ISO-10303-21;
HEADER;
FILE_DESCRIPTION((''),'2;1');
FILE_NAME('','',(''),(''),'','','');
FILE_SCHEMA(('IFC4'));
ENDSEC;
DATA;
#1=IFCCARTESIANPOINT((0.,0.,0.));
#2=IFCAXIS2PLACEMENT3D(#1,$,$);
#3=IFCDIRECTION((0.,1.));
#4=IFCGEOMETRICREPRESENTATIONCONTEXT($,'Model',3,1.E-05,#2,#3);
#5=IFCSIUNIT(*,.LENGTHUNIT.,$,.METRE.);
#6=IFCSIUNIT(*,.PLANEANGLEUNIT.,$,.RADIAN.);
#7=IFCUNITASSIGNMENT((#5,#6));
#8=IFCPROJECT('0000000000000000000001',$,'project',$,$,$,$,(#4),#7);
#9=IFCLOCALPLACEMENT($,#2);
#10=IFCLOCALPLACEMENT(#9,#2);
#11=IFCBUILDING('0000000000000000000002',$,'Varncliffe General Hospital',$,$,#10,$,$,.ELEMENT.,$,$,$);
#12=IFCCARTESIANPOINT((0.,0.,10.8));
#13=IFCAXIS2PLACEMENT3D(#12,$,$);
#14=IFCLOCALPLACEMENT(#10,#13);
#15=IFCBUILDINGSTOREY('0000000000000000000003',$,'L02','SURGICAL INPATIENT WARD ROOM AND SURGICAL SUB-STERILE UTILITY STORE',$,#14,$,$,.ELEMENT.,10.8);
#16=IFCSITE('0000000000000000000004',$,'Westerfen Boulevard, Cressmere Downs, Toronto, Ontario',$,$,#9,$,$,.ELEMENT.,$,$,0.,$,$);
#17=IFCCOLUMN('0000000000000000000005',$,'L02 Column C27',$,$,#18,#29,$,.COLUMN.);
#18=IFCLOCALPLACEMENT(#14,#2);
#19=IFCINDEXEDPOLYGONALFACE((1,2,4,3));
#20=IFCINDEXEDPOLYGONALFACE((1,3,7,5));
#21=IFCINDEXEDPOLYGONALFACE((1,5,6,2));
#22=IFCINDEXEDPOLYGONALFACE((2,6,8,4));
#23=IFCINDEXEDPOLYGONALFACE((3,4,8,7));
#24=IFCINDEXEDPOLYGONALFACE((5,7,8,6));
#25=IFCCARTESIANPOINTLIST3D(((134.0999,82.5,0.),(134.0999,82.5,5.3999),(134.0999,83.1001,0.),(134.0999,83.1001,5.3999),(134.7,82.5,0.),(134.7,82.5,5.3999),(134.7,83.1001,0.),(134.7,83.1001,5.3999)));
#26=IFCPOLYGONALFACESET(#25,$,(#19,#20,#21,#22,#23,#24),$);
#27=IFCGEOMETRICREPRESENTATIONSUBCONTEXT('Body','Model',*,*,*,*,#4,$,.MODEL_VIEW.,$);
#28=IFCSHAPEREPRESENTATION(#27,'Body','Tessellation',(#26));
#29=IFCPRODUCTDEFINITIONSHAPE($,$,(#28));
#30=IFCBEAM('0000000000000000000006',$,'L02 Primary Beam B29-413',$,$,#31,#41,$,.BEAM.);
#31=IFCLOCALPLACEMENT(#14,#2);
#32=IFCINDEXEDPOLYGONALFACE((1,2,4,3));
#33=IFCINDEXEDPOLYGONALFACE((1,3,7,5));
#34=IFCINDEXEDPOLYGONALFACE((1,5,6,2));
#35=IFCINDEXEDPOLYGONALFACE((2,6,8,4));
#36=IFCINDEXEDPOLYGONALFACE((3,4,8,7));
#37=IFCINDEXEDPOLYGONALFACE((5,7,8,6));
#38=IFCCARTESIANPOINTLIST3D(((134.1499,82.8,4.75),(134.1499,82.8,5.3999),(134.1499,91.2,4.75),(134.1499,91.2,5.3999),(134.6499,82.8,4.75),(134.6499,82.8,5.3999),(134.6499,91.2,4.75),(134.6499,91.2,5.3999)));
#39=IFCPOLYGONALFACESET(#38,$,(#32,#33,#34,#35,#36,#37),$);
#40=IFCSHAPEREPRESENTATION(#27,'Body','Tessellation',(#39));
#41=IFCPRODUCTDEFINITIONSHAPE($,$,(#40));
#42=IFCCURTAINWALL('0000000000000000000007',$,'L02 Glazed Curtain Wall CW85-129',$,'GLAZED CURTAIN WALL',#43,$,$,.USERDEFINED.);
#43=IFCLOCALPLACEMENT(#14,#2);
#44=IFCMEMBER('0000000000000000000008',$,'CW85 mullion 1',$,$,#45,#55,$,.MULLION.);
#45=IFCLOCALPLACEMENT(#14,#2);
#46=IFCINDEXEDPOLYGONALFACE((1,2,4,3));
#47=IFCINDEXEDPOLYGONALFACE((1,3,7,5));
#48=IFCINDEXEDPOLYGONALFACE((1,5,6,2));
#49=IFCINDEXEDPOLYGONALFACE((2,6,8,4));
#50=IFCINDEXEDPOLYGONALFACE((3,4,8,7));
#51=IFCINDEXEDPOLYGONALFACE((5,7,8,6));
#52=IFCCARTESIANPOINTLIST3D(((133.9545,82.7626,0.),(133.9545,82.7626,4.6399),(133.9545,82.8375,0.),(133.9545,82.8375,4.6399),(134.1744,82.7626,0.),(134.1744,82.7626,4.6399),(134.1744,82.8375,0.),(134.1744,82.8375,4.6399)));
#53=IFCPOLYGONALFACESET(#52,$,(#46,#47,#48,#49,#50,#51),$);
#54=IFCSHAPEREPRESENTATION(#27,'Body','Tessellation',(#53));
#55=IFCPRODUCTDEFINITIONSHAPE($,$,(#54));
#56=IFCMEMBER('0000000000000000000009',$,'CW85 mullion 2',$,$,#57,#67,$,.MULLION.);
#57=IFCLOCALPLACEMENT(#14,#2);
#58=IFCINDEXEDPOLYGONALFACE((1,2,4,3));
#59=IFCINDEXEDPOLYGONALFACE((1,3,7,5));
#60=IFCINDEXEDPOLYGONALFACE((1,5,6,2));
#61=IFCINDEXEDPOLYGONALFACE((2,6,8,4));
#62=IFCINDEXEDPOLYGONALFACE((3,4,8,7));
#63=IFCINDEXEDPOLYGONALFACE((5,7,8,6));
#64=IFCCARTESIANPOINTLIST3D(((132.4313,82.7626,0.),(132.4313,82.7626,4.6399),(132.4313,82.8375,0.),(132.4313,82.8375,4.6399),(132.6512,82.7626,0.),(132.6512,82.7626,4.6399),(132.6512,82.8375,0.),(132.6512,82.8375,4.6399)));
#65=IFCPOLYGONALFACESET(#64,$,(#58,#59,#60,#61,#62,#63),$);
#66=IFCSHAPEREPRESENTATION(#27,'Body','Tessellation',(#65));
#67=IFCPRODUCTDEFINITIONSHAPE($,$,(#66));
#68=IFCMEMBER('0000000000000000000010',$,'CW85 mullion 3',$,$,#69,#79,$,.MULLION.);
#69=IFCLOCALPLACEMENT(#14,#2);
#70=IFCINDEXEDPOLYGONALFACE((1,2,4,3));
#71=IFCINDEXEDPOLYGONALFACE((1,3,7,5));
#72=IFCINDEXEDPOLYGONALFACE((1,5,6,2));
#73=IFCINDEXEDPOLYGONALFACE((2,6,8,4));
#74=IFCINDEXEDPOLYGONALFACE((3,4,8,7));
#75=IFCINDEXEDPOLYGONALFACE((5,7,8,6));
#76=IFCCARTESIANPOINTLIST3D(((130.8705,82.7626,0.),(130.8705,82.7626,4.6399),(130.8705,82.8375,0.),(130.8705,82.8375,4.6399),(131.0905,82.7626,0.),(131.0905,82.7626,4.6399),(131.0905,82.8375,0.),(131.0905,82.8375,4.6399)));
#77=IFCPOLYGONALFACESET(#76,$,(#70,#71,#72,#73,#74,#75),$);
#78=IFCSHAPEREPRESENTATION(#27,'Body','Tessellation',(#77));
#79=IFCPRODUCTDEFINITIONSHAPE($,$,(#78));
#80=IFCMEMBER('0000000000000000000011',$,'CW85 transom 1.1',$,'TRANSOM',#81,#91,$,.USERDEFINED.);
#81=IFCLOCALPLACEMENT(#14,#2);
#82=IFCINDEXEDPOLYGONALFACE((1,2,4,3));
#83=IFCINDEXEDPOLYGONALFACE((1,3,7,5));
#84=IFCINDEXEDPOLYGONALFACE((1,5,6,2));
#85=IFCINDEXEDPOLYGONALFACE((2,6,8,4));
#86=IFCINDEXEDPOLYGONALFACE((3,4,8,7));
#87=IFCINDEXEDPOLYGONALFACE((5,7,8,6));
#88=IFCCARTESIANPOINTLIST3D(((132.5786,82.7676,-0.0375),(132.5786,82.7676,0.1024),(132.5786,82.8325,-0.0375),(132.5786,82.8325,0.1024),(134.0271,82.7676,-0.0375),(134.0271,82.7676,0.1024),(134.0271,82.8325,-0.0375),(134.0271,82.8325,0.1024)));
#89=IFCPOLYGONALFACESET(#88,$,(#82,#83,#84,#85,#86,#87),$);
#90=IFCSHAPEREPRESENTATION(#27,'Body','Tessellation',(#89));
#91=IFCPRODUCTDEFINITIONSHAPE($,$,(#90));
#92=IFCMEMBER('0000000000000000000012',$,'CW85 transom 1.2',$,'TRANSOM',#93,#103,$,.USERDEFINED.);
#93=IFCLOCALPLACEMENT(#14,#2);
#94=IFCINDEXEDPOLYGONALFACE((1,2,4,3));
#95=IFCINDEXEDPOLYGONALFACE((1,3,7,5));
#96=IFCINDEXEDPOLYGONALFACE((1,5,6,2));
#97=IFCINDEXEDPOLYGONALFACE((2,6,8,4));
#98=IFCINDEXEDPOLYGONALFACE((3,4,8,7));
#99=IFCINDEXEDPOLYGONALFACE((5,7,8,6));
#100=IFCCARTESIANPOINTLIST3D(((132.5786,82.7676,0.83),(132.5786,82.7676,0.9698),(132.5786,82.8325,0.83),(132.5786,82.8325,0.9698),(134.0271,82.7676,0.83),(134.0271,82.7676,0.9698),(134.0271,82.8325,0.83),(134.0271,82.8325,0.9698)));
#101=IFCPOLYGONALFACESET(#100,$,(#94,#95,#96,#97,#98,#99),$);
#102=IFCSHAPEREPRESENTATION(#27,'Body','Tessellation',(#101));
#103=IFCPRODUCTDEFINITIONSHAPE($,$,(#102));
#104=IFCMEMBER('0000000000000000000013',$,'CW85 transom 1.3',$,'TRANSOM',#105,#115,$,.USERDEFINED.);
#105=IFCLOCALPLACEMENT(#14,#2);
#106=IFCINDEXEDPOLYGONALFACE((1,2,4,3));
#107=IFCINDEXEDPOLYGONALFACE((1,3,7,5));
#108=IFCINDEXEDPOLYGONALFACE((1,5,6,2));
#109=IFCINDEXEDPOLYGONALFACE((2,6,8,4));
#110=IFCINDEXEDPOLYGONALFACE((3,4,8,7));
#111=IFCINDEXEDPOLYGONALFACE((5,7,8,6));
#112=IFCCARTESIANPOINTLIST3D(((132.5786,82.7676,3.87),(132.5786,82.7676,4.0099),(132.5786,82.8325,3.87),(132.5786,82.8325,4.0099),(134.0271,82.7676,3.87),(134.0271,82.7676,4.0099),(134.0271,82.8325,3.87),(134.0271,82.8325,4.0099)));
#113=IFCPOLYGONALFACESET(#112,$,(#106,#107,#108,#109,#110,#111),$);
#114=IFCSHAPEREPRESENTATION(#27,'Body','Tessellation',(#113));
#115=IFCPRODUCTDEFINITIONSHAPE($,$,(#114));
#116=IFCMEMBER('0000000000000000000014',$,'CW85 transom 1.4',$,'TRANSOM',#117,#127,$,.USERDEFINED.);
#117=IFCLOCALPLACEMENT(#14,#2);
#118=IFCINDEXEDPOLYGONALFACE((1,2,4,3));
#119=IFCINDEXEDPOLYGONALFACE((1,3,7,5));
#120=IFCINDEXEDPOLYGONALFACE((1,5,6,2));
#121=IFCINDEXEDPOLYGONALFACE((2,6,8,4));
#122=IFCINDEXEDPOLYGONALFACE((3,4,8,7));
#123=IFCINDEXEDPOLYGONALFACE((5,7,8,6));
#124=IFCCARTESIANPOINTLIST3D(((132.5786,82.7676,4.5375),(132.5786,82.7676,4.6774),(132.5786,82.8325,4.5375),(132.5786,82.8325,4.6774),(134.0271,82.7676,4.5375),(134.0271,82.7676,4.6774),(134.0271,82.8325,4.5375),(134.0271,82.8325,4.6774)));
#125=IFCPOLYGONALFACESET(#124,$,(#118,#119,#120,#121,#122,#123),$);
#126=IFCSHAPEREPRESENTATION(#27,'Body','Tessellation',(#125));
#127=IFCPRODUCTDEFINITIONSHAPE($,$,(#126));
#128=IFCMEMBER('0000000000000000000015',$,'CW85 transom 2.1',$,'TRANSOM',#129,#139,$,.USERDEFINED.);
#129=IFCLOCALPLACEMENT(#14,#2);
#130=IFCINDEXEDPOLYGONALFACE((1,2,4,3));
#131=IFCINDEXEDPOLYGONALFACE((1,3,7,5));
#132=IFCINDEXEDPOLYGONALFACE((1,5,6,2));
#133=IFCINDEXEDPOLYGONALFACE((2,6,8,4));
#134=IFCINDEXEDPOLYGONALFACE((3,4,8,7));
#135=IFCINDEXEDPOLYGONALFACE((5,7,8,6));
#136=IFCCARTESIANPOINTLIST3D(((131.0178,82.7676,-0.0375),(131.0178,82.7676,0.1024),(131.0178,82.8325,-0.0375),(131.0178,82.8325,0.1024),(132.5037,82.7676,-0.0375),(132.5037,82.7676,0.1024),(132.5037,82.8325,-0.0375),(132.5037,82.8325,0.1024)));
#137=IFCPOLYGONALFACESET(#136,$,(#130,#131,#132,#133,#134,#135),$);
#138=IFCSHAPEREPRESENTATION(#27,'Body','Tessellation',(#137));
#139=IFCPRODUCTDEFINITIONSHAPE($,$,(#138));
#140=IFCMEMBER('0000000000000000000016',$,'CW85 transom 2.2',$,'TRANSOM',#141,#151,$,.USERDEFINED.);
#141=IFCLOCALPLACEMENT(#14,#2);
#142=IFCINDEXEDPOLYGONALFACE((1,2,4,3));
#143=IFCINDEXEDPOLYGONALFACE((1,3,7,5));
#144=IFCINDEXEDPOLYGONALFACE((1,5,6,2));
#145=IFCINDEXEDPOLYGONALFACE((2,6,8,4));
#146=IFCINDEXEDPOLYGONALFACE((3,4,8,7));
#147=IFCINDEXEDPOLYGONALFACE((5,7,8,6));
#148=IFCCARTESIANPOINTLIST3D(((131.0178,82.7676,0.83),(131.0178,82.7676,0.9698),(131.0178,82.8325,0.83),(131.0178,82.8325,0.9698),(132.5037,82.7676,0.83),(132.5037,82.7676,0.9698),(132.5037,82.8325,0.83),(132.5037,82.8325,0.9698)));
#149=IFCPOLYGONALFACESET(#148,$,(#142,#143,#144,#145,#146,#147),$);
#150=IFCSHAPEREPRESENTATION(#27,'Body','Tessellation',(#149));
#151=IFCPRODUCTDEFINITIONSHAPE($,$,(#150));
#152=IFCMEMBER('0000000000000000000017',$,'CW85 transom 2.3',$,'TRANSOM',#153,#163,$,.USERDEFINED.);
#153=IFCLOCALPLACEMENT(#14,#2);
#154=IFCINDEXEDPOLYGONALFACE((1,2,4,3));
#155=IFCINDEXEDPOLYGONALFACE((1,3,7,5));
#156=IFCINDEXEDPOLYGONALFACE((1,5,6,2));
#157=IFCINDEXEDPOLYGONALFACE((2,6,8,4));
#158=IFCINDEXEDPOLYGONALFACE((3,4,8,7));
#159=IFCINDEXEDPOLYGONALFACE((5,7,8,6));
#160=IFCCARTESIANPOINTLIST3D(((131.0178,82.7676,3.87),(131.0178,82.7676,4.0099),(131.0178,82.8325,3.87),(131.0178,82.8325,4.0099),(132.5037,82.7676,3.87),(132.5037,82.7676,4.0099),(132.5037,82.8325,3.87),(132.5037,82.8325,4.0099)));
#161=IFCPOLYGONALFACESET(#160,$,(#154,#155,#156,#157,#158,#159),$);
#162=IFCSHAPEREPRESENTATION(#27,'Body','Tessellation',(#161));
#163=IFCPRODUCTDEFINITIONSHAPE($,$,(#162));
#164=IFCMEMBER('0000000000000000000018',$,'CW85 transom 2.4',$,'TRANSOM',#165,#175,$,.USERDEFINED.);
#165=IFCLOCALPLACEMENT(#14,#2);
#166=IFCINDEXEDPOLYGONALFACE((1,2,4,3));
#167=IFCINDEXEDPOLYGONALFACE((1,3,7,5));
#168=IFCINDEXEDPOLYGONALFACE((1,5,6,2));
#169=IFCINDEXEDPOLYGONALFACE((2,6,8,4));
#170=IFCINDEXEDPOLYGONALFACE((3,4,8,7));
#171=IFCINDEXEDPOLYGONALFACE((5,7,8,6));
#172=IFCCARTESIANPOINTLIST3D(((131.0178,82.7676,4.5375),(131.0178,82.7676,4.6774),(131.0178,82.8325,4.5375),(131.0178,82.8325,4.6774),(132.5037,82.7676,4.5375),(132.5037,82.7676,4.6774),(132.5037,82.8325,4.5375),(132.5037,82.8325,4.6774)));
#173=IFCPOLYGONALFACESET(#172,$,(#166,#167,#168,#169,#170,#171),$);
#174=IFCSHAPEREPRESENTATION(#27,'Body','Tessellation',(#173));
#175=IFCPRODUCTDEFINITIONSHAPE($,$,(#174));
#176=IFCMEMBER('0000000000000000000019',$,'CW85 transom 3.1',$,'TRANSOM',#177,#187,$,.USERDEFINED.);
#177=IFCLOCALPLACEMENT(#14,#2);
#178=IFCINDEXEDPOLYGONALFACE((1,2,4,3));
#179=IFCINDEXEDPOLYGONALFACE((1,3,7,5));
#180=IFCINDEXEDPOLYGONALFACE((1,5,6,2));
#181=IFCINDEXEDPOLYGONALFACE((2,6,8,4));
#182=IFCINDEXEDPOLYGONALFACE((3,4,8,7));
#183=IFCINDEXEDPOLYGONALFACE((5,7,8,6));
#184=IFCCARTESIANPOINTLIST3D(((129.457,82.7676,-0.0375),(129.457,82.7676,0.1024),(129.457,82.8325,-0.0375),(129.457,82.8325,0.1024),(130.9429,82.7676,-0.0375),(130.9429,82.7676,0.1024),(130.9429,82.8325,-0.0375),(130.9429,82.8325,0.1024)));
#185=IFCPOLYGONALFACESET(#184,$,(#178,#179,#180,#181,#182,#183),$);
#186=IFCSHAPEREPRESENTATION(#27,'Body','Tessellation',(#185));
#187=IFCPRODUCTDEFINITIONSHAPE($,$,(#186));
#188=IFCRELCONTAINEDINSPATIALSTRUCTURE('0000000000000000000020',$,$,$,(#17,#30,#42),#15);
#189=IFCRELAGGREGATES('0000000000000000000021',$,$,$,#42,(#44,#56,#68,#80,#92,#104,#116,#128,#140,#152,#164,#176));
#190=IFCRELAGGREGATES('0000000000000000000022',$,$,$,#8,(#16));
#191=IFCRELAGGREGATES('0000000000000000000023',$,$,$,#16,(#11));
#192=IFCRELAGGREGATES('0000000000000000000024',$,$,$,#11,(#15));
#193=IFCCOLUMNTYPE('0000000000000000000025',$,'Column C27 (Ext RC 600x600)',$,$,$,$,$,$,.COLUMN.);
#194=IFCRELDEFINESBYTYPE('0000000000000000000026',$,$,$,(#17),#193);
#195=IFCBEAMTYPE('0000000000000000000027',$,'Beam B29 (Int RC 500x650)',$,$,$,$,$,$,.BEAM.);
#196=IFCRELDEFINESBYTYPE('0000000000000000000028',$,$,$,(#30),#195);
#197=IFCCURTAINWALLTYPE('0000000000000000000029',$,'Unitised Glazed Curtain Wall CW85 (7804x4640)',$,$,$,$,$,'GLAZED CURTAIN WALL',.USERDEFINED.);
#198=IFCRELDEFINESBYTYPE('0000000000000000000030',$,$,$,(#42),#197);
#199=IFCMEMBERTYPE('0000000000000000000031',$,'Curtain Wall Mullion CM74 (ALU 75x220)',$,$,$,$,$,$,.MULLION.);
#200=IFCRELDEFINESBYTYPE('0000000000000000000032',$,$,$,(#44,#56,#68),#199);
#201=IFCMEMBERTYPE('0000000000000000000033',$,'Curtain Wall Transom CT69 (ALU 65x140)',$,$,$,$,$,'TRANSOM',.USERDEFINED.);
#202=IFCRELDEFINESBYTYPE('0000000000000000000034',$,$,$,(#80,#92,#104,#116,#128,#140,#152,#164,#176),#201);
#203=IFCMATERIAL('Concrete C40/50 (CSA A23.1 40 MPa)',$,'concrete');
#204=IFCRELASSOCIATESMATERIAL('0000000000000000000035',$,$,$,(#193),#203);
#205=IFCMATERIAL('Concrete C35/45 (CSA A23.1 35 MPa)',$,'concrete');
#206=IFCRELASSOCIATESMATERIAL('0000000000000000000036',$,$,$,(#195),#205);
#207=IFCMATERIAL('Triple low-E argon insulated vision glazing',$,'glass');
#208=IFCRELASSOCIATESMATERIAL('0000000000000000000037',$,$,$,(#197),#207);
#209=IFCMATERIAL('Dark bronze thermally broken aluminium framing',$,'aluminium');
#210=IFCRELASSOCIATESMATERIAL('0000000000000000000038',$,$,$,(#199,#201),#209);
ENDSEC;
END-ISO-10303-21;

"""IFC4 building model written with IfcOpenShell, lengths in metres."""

from ifc_helpers import new_model, si_unit, direction, frame, origin, origin_2d, place, context, subcontext, project, spatial, rectangle, extrude, material, material_profile, profile_set, type_object, element, aggregate, save


model = new_model("IFC4")

# Units and contexts
model_context = context("Model", 3, precision=1e-05, world=origin(), true_north=direction((0.0, 1.0)))
body_context = subcontext(model_context, "Body", "Model", "MODEL_VIEW")
ifc_project = project(units=[si_unit("LENGTHUNIT", "METRE"), si_unit("PLANEANGLEUNIT", "RADIAN")], contexts=[model_context])

# Site, building, storey
site_placement = place(None, origin())
site = spatial("IfcSite", under=ifc_project, at=site_placement, Name="Westerfen Boulevard, Cressmere Downs, Toronto, Ontario", CompositionType="ELEMENT", RefElevation=0.0)
building_placement = place(site_placement, origin())
building = spatial("IfcBuilding", under=site, at=building_placement, Name="Varncliffe General Hospital", CompositionType="ELEMENT")
storey_placement = place(building_placement, frame((0.0, 0.0, 10.8)))
storey = spatial("IfcBuildingStorey", under=building, at=storey_placement, Name="L02", Description="SURGICAL INPATIENT WARD ROOM AND SURGICAL SUB-STERILE UTILITY STORE", CompositionType="ELEMENT", Elevation=10.8)

# Column
ifc_material_1 = material(Name="Concrete C40/50 (CSA A23.1 40 MPa)", Category="concrete")
ifc_material_profile_1 = material_profile(ifc_material_1, rectangle(XDim=0.6001, YDim=0.6001, at=origin_2d()), Name="RC 600x600")
ifc_profile_set_1 = profile_set([ifc_material_profile_1], Name="Concrete C40/50 (CSA A23.1 40 MPa)")
column_type = type_object("IfcColumnType", Name="Column C27 (Ext RC 600x600)", PredefinedType="COLUMN", material=ifc_profile_set_1)
column_placement = place(storey_placement, frame((134.3999, 82.8, 0.0), z_axis=(0.0, 0.0, 1.0), x_axis=(1.0, 0.0, 0.0)))
element("IfcColumn", 1, at=column_placement, inside=storey, type_object=column_type, Name="L02 Column C27", PredefinedType="COLUMN", context=body_context, shape_type="SweptSolid", body=[
    extrude(rectangle(XDim=0.6001, YDim=0.6001, at=origin_2d()), origin(), (0.0, 0.0, 1.0), 5.3999),
])

# Beam
ifc_material_2 = material(Name="Concrete C35/45 (CSA A23.1 35 MPa)", Category="concrete")
ifc_material_profile_2 = material_profile(ifc_material_2, rectangle(XDim=0.5, YDim=0.6499, at=origin_2d()), Name="RC 500x650")
ifc_profile_set_2 = profile_set([ifc_material_profile_2], Name="Concrete C35/45 (CSA A23.1 35 MPa)")
beam_type_1 = type_object("IfcBeamType", Name="Beam B29 (Int RC 500x650)", PredefinedType="BEAM", material=ifc_profile_set_2)
beam_1_placement = place(storey_placement, frame((134.3999, 82.8, 5.075), z_axis=(0.0, 1.0, 0.0), x_axis=(-1.0, 0.0, 0.0)))
element("IfcBeam", 2, at=beam_1_placement, inside=storey, type_object=beam_type_1, Name="L02 Primary Beam B29-413", PredefinedType="BEAM", context=body_context, shape_type="SweptSolid", body=[
    extrude(rectangle(XDim=0.5, YDim=0.6499, at=origin_2d()), origin(), (0.0, 0.0, 1.0), 8.3999),
])

# Curtain wall, members
ifc_material_3 = material(Name="Triple low-E argon insulated vision glazing", Category="glass")
curtain_wall_type = type_object("IfcCurtainWallType", Name="Unitised Glazed Curtain Wall CW85 (7804x4640)", ElementType="GLAZED CURTAIN WALL", PredefinedType="USERDEFINED", material=ifc_material_3)
curtain_wall_placement = place(storey_placement, origin())
curtain_wall = element("IfcCurtainWall", 3, at=curtain_wall_placement, inside=storey, type_object=curtain_wall_type, Name="L02 Glazed Curtain Wall CW85-129", ObjectType="GLAZED CURTAIN WALL", PredefinedType="USERDEFINED")
ifc_material_4 = material(Name="Dark bronze thermally broken aluminium framing", Category="aluminium")
ifc_material_profile_3 = material_profile(ifc_material_4, rectangle(XDim=0.075, YDim=0.22, at=origin_2d()), Name="ALU 75x220")
ifc_profile_set_3 = profile_set([ifc_material_profile_3], Name="Dark bronze thermally broken aluminium framing")
member_type_1 = type_object("IfcMemberType", Name="Curtain Wall Mullion CM74 (ALU 75x220)", PredefinedType="MULLION", material=ifc_profile_set_3)
member_1_placement = place(storey_placement, frame((134.0645, 82.8, 0.0), z_axis=(0.0, 0.0, 1.0), x_axis=(0.0, -1.0, 0.0)))
member_1 = element("IfcMember", 4, at=member_1_placement, type_object=member_type_1, Name="CW85 mullion 1", PredefinedType="MULLION", context=body_context, shape_type="SweptSolid", body=[
    extrude(rectangle(XDim=0.075, YDim=0.22, at=origin_2d()), origin(), (0.0, 0.0, 1.0), 4.6399),
])
member_2_placement = place(storey_placement, frame((132.5413, 82.8, 0.0), z_axis=(0.0, 0.0, 1.0), x_axis=(0.0, -1.0, 0.0)))
member_2 = element("IfcMember", 5, at=member_2_placement, type_object=member_type_1, Name="CW85 mullion 2", PredefinedType="MULLION", context=body_context, shape_type="SweptSolid", body=[
    extrude(rectangle(XDim=0.075, YDim=0.22, at=origin_2d()), origin(), (0.0, 0.0, 1.0), 4.6399),
])
member_3_placement = place(storey_placement, frame((130.9805, 82.8, 0.0), z_axis=(0.0, 0.0, 1.0), x_axis=(0.0, -1.0, 0.0)))
member_3 = element("IfcMember", 6, at=member_3_placement, type_object=member_type_1, Name="CW85 mullion 3", PredefinedType="MULLION", context=body_context, shape_type="SweptSolid", body=[
    extrude(rectangle(XDim=0.075, YDim=0.22, at=origin_2d()), origin(), (0.0, 0.0, 1.0), 4.6399),
])
ifc_material_profile_4 = material_profile(ifc_material_4, rectangle(XDim=0.0649, YDim=0.1399, at=origin_2d()), Name="ALU 65x140")
ifc_profile_set_4 = profile_set([ifc_material_profile_4], Name="Dark bronze thermally broken aluminium framing")
member_type_2 = type_object("IfcMemberType", Name="Curtain Wall Transom CT69 (ALU 65x140)", ElementType="TRANSOM", PredefinedType="USERDEFINED", material=ifc_profile_set_4)
member_4_placement = place(storey_placement, frame((134.0271, 82.8, 0.0325), z_axis=(-1.0, 0.0, 0.0), x_axis=(0.0, -1.0, 0.0)))
member_4 = element("IfcMember", 7, at=member_4_placement, type_object=member_type_2, Name="CW85 transom 1.1", ObjectType="TRANSOM", PredefinedType="USERDEFINED", context=body_context, shape_type="SweptSolid", body=[
    extrude(rectangle(XDim=0.0649, YDim=0.1399, at=origin_2d()), origin(), (0.0, 0.0, 1.0), 1.4485),
])
member_5_placement = place(storey_placement, frame((134.0271, 82.8, 0.8999), z_axis=(-1.0, 0.0, 0.0), x_axis=(0.0, -1.0, 0.0)))
member_5 = element("IfcMember", 8, at=member_5_placement, type_object=member_type_2, Name="CW85 transom 1.2", ObjectType="TRANSOM", PredefinedType="USERDEFINED", context=body_context, shape_type="SweptSolid", body=[
    extrude(rectangle(XDim=0.0649, YDim=0.1399, at=origin_2d()), origin(), (0.0, 0.0, 1.0), 1.4485),
])
member_6_placement = place(storey_placement, frame((134.0271, 82.8, 3.9399), z_axis=(-1.0, 0.0, 0.0), x_axis=(0.0, -1.0, 0.0)))
member_6 = element("IfcMember", 9, at=member_6_placement, type_object=member_type_2, Name="CW85 transom 1.3", ObjectType="TRANSOM", PredefinedType="USERDEFINED", context=body_context, shape_type="SweptSolid", body=[
    extrude(rectangle(XDim=0.0649, YDim=0.1399, at=origin_2d()), origin(), (0.0, 0.0, 1.0), 1.4485),
])
member_7_placement = place(storey_placement, frame((134.0271, 82.8, 4.6074), z_axis=(-1.0, 0.0, 0.0), x_axis=(0.0, -1.0, 0.0)))
member_7 = element("IfcMember", 10, at=member_7_placement, type_object=member_type_2, Name="CW85 transom 1.4", ObjectType="TRANSOM", PredefinedType="USERDEFINED", context=body_context, shape_type="SweptSolid", body=[
    extrude(rectangle(XDim=0.0649, YDim=0.1399, at=origin_2d()), origin(), (0.0, 0.0, 1.0), 1.4485),
])
member_8_placement = place(storey_placement, frame((132.5037, 82.8, 0.0325), z_axis=(-1.0, 0.0, 0.0), x_axis=(0.0, -1.0, 0.0)))
member_8 = element("IfcMember", 11, at=member_8_placement, type_object=member_type_2, Name="CW85 transom 2.1", ObjectType="TRANSOM", PredefinedType="USERDEFINED", context=body_context, shape_type="SweptSolid", body=[
    extrude(rectangle(XDim=0.0649, YDim=0.1399, at=origin_2d()), origin(), (0.0, 0.0, 1.0), 1.4858),
])
member_9_placement = place(storey_placement, frame((132.5037, 82.8, 0.8999), z_axis=(-1.0, 0.0, 0.0), x_axis=(0.0, -1.0, 0.0)))
member_9 = element("IfcMember", 12, at=member_9_placement, type_object=member_type_2, Name="CW85 transom 2.2", ObjectType="TRANSOM", PredefinedType="USERDEFINED", context=body_context, shape_type="SweptSolid", body=[
    extrude(rectangle(XDim=0.0649, YDim=0.1399, at=origin_2d()), origin(), (0.0, 0.0, 1.0), 1.4858),
])
member_10_placement = place(storey_placement, frame((132.5037, 82.8, 3.9399), z_axis=(-1.0, 0.0, 0.0), x_axis=(0.0, -1.0, 0.0)))
member_10 = element("IfcMember", 13, at=member_10_placement, type_object=member_type_2, Name="CW85 transom 2.3", ObjectType="TRANSOM", PredefinedType="USERDEFINED", context=body_context, shape_type="SweptSolid", body=[
    extrude(rectangle(XDim=0.0649, YDim=0.1399, at=origin_2d()), origin(), (0.0, 0.0, 1.0), 1.4858),
])
member_11_placement = place(storey_placement, frame((132.5037, 82.8, 4.6074), z_axis=(-1.0, 0.0, 0.0), x_axis=(0.0, -1.0, 0.0)))
member_11 = element("IfcMember", 14, at=member_11_placement, type_object=member_type_2, Name="CW85 transom 2.4", ObjectType="TRANSOM", PredefinedType="USERDEFINED", context=body_context, shape_type="SweptSolid", body=[
    extrude(rectangle(XDim=0.0649, YDim=0.1399, at=origin_2d()), origin(), (0.0, 0.0, 1.0), 1.4858),
])
member_12_placement = place(storey_placement, frame((130.9429, 82.8, 0.0325), z_axis=(-1.0, 0.0, 0.0), x_axis=(0.0, -1.0, 0.0)))
member_12 = element("IfcMember", 15, at=member_12_placement, type_object=member_type_2, Name="CW85 transom 3.1", ObjectType="TRANSOM", PredefinedType="USERDEFINED", context=body_context, shape_type="SweptSolid", body=[
    extrude(rectangle(XDim=0.0649, YDim=0.1399, at=origin_2d()), origin(), (0.0, 0.0, 1.0), 1.4858),
])

aggregate(curtain_wall, [member_1, member_2, member_3, member_4, member_5, member_6, member_7, member_8, member_9, member_10, member_11, member_12])

save(model, "model.ifc")
